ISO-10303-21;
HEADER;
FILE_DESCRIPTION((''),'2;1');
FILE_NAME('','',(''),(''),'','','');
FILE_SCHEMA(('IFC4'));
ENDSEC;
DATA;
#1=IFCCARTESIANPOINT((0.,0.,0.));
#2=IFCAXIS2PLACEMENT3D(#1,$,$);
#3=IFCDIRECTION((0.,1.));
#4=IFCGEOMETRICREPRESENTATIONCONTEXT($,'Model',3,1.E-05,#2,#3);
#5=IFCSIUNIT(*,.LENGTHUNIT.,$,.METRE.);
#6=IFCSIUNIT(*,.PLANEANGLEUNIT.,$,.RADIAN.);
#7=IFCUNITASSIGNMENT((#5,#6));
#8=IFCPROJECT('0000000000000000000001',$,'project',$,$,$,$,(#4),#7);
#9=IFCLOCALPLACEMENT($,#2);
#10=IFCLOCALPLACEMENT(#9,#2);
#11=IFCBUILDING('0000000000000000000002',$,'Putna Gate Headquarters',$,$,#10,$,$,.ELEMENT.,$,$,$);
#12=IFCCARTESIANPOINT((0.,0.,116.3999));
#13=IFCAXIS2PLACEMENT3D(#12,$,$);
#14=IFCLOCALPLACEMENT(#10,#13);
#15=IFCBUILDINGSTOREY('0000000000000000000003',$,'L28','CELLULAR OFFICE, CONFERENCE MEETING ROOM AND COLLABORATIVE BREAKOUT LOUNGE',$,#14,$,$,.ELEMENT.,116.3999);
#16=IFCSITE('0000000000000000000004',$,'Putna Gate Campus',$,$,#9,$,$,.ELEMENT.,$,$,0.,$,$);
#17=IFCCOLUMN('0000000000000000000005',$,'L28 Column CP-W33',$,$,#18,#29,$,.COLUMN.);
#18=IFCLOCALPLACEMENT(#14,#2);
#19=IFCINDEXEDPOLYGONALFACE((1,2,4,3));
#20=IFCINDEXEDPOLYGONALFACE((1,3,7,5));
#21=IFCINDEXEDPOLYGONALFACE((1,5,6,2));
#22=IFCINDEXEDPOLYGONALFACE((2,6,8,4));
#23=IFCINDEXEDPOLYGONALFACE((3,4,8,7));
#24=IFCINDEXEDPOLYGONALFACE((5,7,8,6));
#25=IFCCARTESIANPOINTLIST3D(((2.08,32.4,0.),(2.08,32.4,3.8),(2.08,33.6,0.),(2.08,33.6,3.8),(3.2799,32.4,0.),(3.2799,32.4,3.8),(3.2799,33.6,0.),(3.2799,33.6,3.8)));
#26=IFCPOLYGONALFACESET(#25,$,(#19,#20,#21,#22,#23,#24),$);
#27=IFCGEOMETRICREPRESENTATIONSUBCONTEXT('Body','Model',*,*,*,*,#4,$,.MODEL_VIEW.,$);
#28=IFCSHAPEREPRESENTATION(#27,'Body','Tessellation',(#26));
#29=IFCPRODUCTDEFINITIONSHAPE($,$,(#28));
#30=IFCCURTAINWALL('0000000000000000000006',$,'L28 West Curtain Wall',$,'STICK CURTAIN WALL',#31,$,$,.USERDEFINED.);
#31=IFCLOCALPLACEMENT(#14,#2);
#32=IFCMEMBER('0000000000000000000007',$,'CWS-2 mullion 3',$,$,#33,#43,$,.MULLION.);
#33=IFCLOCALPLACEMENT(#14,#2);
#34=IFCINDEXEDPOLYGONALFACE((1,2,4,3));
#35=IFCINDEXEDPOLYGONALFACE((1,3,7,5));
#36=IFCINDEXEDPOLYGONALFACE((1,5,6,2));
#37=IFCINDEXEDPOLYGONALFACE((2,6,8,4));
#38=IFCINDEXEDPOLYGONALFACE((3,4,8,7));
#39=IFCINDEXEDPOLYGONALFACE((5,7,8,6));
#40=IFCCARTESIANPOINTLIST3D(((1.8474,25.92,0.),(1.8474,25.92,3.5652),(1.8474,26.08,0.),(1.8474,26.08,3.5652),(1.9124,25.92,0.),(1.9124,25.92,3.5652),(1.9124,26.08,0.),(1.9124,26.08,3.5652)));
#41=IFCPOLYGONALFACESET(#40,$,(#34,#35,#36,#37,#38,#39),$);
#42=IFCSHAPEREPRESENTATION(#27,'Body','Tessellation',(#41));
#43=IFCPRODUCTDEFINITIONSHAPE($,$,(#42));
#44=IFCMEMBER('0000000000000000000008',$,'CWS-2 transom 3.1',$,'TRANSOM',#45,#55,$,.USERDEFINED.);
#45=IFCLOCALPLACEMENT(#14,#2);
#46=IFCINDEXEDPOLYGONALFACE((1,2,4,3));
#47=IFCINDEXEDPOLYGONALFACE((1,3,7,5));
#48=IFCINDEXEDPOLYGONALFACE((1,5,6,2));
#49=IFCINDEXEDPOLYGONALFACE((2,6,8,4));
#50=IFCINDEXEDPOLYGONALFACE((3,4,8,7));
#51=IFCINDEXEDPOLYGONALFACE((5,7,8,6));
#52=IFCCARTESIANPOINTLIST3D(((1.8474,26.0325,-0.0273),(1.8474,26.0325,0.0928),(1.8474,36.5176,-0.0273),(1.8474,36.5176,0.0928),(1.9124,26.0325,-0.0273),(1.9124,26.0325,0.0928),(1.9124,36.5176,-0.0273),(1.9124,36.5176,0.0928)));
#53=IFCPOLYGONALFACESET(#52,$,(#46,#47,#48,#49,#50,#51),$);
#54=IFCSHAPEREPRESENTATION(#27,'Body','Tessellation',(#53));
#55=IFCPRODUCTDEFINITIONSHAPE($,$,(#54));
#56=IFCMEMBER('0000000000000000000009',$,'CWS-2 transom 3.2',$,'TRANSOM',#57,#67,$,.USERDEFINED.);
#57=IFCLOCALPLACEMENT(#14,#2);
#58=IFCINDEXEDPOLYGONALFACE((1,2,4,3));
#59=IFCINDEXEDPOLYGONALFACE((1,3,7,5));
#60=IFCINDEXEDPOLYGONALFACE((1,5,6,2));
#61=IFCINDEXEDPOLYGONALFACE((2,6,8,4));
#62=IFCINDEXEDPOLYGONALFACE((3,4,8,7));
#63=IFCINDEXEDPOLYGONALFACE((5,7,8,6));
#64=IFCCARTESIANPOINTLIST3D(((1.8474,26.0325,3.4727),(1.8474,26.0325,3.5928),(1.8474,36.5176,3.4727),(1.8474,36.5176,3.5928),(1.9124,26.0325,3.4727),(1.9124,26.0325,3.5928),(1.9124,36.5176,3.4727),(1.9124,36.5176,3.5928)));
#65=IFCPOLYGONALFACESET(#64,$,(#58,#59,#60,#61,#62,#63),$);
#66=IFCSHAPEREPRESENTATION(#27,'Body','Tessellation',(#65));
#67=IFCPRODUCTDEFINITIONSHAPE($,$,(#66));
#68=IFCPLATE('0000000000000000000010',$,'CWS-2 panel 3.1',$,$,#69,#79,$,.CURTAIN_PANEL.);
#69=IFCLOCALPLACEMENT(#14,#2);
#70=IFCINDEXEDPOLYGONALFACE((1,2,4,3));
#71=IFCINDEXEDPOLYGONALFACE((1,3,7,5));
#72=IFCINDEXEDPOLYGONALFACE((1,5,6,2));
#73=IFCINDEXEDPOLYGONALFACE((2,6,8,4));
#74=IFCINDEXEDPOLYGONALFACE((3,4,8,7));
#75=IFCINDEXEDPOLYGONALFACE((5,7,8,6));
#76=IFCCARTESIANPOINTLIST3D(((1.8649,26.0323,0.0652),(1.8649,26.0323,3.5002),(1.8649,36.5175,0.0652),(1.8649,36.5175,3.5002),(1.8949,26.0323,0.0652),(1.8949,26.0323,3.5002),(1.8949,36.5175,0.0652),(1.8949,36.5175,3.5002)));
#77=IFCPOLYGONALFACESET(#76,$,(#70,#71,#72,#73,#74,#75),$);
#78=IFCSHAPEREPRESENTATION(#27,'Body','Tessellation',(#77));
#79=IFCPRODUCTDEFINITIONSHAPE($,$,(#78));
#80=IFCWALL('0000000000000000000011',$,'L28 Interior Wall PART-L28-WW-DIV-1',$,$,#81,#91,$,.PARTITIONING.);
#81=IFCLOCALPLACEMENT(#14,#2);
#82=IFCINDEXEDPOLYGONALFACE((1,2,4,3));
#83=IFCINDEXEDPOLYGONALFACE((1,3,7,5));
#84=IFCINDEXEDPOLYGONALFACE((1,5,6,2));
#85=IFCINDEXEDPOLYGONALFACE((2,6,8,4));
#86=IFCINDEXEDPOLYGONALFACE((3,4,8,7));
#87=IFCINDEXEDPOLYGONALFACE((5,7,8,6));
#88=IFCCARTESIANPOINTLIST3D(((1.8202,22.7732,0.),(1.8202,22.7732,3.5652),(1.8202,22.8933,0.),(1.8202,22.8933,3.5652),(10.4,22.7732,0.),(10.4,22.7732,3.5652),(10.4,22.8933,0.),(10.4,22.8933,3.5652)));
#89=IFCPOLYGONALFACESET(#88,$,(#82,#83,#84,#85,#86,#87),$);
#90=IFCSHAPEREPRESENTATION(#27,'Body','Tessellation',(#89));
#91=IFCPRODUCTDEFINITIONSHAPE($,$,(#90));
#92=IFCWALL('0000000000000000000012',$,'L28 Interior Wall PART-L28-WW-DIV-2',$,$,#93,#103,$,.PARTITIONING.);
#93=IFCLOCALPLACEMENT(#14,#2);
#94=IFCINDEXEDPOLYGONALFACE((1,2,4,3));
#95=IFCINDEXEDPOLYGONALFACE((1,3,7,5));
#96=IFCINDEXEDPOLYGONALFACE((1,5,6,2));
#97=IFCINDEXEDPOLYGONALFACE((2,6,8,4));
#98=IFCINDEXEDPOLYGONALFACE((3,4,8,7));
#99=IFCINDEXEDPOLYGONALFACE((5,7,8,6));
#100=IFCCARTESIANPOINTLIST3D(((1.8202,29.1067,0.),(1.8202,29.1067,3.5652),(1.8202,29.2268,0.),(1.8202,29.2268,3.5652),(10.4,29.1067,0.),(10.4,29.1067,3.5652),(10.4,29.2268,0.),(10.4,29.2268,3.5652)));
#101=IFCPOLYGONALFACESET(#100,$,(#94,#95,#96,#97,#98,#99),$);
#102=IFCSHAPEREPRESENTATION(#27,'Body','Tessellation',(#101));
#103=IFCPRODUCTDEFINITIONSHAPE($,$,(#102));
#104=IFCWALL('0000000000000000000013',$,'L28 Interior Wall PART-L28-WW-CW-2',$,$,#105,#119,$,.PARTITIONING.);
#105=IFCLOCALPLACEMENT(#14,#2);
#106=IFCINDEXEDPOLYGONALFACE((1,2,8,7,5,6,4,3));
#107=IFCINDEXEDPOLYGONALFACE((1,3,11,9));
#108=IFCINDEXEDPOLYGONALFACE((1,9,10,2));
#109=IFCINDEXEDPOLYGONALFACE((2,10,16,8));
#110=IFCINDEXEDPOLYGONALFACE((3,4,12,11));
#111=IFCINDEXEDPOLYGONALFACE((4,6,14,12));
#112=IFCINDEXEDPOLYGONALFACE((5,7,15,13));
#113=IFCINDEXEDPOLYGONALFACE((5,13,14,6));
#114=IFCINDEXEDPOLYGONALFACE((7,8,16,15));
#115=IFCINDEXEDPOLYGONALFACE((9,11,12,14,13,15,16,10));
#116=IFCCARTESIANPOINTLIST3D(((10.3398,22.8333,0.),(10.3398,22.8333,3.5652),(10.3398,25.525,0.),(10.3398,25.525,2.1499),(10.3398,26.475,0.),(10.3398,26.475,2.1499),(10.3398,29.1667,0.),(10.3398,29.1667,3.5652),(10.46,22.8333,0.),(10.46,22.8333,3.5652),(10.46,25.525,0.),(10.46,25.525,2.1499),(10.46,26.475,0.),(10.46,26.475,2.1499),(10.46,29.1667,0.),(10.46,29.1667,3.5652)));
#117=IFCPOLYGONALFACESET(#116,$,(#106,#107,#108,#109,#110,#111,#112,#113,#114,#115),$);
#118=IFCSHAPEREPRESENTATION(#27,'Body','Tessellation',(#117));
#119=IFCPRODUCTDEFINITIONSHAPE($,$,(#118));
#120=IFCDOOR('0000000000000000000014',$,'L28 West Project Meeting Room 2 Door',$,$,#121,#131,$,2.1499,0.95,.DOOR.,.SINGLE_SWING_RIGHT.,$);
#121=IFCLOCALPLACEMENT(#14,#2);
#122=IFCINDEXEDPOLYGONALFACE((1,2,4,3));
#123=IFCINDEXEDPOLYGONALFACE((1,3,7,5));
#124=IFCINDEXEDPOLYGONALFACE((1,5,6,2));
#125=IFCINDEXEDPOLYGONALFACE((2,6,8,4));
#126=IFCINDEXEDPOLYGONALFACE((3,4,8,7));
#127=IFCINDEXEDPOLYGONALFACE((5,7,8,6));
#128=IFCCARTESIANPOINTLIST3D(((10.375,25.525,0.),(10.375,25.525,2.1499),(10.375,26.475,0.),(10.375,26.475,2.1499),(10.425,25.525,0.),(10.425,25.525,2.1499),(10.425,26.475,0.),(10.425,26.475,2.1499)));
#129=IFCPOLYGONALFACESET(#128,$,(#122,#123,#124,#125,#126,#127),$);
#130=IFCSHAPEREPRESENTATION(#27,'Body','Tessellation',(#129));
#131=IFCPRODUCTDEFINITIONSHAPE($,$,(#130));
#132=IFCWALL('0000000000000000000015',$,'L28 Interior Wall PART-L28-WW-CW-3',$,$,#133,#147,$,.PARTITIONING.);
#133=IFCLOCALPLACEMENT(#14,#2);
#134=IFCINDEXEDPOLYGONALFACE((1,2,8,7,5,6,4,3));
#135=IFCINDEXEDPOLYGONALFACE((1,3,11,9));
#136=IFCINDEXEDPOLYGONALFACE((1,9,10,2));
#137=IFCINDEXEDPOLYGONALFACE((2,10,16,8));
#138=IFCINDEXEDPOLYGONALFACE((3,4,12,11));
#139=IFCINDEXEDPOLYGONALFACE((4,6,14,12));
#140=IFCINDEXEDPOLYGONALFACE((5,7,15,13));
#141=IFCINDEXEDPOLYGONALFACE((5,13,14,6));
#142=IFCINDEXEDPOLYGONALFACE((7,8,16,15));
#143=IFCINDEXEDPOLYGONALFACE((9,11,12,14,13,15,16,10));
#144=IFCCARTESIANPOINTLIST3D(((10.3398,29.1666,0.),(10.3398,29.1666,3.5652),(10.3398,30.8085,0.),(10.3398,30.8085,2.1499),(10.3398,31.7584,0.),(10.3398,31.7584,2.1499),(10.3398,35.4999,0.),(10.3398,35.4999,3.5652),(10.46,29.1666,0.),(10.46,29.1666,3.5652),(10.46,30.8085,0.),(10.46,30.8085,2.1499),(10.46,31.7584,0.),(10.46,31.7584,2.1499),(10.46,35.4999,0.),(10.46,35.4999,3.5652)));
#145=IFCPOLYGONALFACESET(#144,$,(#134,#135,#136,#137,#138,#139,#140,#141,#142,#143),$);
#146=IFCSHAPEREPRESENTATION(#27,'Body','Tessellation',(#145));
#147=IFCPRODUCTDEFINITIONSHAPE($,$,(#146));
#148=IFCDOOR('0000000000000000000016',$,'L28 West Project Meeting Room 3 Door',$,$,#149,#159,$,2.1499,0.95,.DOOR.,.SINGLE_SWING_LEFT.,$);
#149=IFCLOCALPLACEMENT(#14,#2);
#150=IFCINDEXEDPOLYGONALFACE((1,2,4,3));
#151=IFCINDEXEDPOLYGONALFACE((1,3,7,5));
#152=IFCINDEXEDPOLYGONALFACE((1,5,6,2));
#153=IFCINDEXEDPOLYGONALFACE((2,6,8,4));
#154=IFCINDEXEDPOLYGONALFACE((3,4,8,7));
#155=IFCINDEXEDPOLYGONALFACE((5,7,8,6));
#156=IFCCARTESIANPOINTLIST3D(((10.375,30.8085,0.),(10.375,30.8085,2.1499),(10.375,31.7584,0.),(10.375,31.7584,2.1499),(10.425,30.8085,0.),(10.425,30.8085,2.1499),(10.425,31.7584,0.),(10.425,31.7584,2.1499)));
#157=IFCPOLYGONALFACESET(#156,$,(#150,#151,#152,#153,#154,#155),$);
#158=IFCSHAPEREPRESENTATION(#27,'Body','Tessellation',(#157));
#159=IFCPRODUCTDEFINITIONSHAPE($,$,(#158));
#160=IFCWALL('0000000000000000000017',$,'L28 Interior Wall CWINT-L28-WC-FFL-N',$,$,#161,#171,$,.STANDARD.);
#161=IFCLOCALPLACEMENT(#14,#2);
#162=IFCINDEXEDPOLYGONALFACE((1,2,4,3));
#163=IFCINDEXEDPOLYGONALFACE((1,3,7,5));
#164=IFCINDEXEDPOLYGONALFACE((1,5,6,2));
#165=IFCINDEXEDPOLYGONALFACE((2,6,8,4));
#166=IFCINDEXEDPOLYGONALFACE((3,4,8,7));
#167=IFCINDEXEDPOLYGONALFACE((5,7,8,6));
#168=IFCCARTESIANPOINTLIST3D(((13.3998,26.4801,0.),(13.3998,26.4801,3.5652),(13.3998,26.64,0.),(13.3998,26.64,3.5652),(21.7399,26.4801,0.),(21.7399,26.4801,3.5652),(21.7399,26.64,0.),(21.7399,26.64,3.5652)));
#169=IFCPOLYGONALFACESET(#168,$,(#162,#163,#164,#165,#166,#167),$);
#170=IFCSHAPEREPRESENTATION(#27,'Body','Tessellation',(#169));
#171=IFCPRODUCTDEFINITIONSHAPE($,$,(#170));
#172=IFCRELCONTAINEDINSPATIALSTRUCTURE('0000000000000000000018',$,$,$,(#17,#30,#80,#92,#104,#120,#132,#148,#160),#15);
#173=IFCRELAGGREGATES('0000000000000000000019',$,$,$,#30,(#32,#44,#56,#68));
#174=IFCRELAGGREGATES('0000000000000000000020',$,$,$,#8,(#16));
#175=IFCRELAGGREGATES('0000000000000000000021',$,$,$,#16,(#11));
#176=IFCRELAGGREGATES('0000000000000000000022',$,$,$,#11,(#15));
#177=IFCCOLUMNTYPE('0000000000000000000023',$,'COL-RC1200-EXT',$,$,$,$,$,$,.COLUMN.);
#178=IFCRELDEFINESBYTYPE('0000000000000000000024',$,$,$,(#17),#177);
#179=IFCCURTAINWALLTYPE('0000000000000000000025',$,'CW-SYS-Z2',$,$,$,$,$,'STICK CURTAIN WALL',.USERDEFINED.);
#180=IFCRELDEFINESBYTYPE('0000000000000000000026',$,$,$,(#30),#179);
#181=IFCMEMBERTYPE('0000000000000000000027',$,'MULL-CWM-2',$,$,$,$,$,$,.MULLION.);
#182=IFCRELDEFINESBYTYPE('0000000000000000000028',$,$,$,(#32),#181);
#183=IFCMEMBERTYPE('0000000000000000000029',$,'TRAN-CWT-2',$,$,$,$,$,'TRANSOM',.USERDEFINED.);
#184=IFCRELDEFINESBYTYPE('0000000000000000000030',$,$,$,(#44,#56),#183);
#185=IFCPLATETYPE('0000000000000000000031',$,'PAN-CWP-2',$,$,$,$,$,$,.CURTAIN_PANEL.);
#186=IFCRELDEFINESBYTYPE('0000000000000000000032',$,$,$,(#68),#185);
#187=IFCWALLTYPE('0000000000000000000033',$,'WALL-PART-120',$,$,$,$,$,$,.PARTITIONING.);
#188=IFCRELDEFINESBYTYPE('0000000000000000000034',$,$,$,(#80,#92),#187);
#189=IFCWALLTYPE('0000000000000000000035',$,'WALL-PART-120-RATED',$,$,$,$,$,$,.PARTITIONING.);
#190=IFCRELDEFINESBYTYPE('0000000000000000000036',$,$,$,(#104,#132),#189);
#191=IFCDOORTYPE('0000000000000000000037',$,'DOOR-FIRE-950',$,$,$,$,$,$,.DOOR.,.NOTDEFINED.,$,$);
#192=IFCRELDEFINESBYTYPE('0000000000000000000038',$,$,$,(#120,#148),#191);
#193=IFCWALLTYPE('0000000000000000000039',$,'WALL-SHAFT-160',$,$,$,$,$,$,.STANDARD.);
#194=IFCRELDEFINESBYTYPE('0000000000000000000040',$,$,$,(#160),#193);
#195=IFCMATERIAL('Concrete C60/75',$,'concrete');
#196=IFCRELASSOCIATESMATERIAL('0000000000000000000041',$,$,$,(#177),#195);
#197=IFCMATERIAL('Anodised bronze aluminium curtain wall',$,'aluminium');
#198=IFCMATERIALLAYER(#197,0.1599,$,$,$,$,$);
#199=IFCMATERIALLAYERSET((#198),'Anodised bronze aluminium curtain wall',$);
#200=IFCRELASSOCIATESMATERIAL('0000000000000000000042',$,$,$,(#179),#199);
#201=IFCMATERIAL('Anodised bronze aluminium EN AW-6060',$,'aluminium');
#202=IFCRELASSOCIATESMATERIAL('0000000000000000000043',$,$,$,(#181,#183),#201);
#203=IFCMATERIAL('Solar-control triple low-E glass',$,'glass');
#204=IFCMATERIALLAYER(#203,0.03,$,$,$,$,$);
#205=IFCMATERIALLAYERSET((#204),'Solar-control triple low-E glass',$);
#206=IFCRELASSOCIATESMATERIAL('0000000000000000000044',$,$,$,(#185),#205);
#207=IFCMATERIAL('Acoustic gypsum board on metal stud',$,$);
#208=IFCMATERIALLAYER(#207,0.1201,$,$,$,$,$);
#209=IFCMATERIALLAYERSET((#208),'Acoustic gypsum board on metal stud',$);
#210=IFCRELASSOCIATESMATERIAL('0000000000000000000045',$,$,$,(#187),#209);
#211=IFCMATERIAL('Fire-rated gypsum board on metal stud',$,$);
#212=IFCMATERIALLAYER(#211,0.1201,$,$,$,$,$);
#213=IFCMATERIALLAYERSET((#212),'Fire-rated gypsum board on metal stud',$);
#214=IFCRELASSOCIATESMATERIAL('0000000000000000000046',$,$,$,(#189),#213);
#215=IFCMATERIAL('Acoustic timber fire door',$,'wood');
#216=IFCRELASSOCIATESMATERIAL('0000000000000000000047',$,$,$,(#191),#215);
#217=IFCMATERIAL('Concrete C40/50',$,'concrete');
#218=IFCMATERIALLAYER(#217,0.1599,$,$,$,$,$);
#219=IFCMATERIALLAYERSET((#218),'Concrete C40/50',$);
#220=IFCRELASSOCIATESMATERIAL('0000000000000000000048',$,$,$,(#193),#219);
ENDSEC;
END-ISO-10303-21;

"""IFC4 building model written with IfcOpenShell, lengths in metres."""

from ifc_helpers import new_model, si_unit, direction, frame, frame_2d, origin, origin_2d, place, context, subcontext, project, spatial, rectangle, extrude, material, layer, layer_set, material_profile, profile_set, type_object, element, fill, aggregate, save


model = new_model("IFC4")

# Units and contexts
model_context = context("Model", 3, precision=1e-05, world=origin(), true_north=direction((0.0, 1.0)))
body_context = subcontext(model_context, "Body", "Model", "MODEL_VIEW")
ifc_project = project(units=[si_unit("LENGTHUNIT", "METRE"), si_unit("PLANEANGLEUNIT", "RADIAN")], contexts=[model_context])

# Site, building, storey
site_placement = place(None, origin())
site = spatial("IfcSite", under=ifc_project, at=site_placement, Name="Putna Gate Campus", CompositionType="ELEMENT", RefElevation=0.0)
building_placement = place(site_placement, origin())
building = spatial("IfcBuilding", under=site, at=building_placement, Name="Putna Gate Headquarters", CompositionType="ELEMENT")
storey_placement = place(building_placement, frame((0.0, 0.0, 116.3999)))
storey = spatial("IfcBuildingStorey", under=building, at=storey_placement, Name="L28", Description="CELLULAR OFFICE, CONFERENCE MEETING ROOM AND COLLABORATIVE BREAKOUT LOUNGE", CompositionType="ELEMENT", Elevation=116.3999)

# Column
ifc_material_1 = material(Name="Concrete C60/75", Category="concrete")
ifc_material_profile_1 = material_profile(ifc_material_1, rectangle(XDim=1.2, YDim=1.2, at=origin_2d()), Name="Concrete C60/75")
ifc_profile_set_1 = profile_set([ifc_material_profile_1], Name="Concrete C60/75")
column_type = type_object("IfcColumnType", Name="COL-RC1200-EXT", PredefinedType="COLUMN", material=ifc_profile_set_1)
column_placement = place(storey_placement, frame((2.6799, 33.0, 0.0), z_axis=(0.0, 0.0, 1.0), x_axis=(1.0, 0.0, 0.0)))
element("IfcColumn", 1, at=column_placement, inside=storey, type_object=column_type, Name="L28 Column CP-W33", PredefinedType="COLUMN", context=body_context, shape_type="SweptSolid", body=[
    extrude(rectangle(XDim=1.2, YDim=1.2, at=origin_2d()), origin(), (0.0, 0.0, 1.0), 3.8),
])

# Curtain wall, members, plate
ifc_material_2 = material(Name="Anodised bronze aluminium curtain wall", Category="aluminium")
ifc_layer_1 = layer(ifc_material_2, 0.1599)
ifc_layer_set_1 = layer_set([ifc_layer_1], Name="Anodised bronze aluminium curtain wall")
curtain_wall_type = type_object("IfcCurtainWallType", Name="CW-SYS-Z2", ElementType="STICK CURTAIN WALL", PredefinedType="USERDEFINED", material=ifc_layer_set_1)
curtain_wall_placement = place(storey_placement, origin())
curtain_wall = element("IfcCurtainWall", 2, at=curtain_wall_placement, inside=storey, type_object=curtain_wall_type, Name="L28 West Curtain Wall", ObjectType="STICK CURTAIN WALL", PredefinedType="USERDEFINED")
ifc_material_3 = material(Name="Anodised bronze aluminium EN AW-6060", Category="aluminium")
ifc_material_profile_2 = material_profile(ifc_material_3, rectangle(XDim=0.0649, YDim=0.1599, at=origin_2d()), Name="Anodised bronze aluminium EN AW-6060")
ifc_profile_set_2 = profile_set([ifc_material_profile_2], Name="Anodised bronze aluminium EN AW-6060")
member_type_1 = type_object("IfcMemberType", Name="MULL-CWM-2", PredefinedType="MULLION", material=ifc_profile_set_2)
member_1_placement = place(storey_placement, frame((1.8799, 26.0, 0.0), z_axis=(0.0, 0.0, 1.0), x_axis=(-1.0, 0.0, 0.0)))
member_1 = element("IfcMember", 3, at=member_1_placement, type_object=member_type_1, Name="CWS-2 mullion 3", PredefinedType="MULLION", context=body_context, shape_type="SweptSolid", body=[
    extrude(rectangle(XDim=0.0649, YDim=0.1599, at=origin_2d()), origin(), (0.0, 0.0, 1.0), 3.5652),
])
ifc_material_profile_3 = material_profile(ifc_material_3, rectangle(XDim=0.0649, YDim=0.1201, at=origin_2d()), Name="Anodised bronze aluminium EN AW-6060")
ifc_profile_set_3 = profile_set([ifc_material_profile_3], Name="Anodised bronze aluminium EN AW-6060")
member_type_2 = type_object("IfcMemberType", Name="TRAN-CWT-2", ElementType="TRANSOM", PredefinedType="USERDEFINED", material=ifc_profile_set_3)
member_2_placement = place(storey_placement, frame((1.8799, 26.0325, 0.0327), z_axis=(0.0, 1.0, 0.0), x_axis=(-1.0, 0.0, 0.0)))
member_2 = element("IfcMember", 4, at=member_2_placement, type_object=member_type_2, Name="CWS-2 transom 3.1", ObjectType="TRANSOM", PredefinedType="USERDEFINED", context=body_context, shape_type="SweptSolid", body=[
    extrude(rectangle(XDim=0.0649, YDim=0.1201, at=origin_2d()), origin(), (0.0, 0.0, 1.0), 10.4851),
])
member_3_placement = place(storey_placement, frame((1.8799, 26.0325, 3.5327), z_axis=(0.0, 1.0, 0.0), x_axis=(-1.0, 0.0, 0.0)))
member_3 = element("IfcMember", 5, at=member_3_placement, type_object=member_type_2, Name="CWS-2 transom 3.2", ObjectType="TRANSOM", PredefinedType="USERDEFINED", context=body_context, shape_type="SweptSolid", body=[
    extrude(rectangle(XDim=0.0649, YDim=0.1201, at=origin_2d()), origin(), (0.0, 0.0, 1.0), 10.4851),
])
ifc_material_4 = material(Name="Solar-control triple low-E glass", Category="glass")
ifc_layer_2 = layer(ifc_material_4, 0.03)
ifc_layer_set_2 = layer_set([ifc_layer_2], Name="Solar-control triple low-E glass")
plate_type = type_object("IfcPlateType", Name="PAN-CWP-2", PredefinedType="CURTAIN_PANEL", material=ifc_layer_set_2)
plate_placement = place(storey_placement, frame((1.8799, 31.2749, 0.0652), z_axis=(0.0, 0.0, 1.0), x_axis=(0.0, 1.0, 0.0)))
plate = element("IfcPlate", 6, at=plate_placement, type_object=plate_type, Name="CWS-2 panel 3.1", PredefinedType="CURTAIN_PANEL", context=body_context, shape_type="SweptSolid", body=[
    extrude(rectangle(XDim=10.4851, YDim=0.03, at=origin_2d()), origin(), (0.0, 0.0, 1.0), 3.4351),
])
aggregate(curtain_wall, [member_1, member_2, member_3, plate])

# Walls
ifc_material_5 = material(Name="Acoustic gypsum board on metal stud")
ifc_layer_3 = layer(ifc_material_5, 0.1201)
ifc_layer_set_3 = layer_set([ifc_layer_3], Name="Acoustic gypsum board on metal stud")
wall_type_1 = type_object("IfcWallType", Name="WALL-PART-120", PredefinedType="PARTITIONING", material=ifc_layer_set_3)
for number, where, z_axis, x_axis, name in (
    (7, (1.8201, 22.8333, 0.0), (0.0, 0.0, 1.0), (1.0, 0.0, 0.0), "L28 Interior Wall PART-L28-WW-DIV-1"),
    (8, (1.8201, 29.1667, 0.0), (0.0, 0.0, 1.0), (1.0, 0.0, 0.0), "L28 Interior Wall PART-L28-WW-DIV-2"),
):
    element("IfcWall", number, at=place(storey_placement, frame(where, z_axis=z_axis, x_axis=x_axis)), inside=storey, type_object=wall_type_1, Name=name, PredefinedType="PARTITIONING", context=body_context, shape_type="SweptSolid", body=[
        extrude(rectangle(XDim=8.5798, YDim=0.1201, at=frame_2d((4.29, 0.0))), origin(), (0.0, 0.0, 1.0), 3.5652),
    ])

# Walls, openings, doors
ifc_material_6 = material(Name="Fire-rated gypsum board on metal stud")
ifc_layer_4 = layer(ifc_material_6, 0.1201)
ifc_layer_set_4 = layer_set([ifc_layer_4], Name="Fire-rated gypsum board on metal stud")
wall_type_2 = type_object("IfcWallType", Name="WALL-PART-120-RATED", PredefinedType="PARTITIONING", material=ifc_layer_set_4)
wall_1_placement = place(storey_placement, frame((10.3999, 22.8333, 0.0), z_axis=(0.0, 0.0, 1.0), x_axis=(0.0, 1.0, 0.0)))
wall_1 = element("IfcWall", 9, at=wall_1_placement, inside=storey, type_object=wall_type_2, Name="L28 Interior Wall PART-L28-WW-CW-2", PredefinedType="PARTITIONING", context=body_context, shape_type="SweptSolid", body=[
    extrude(rectangle(XDim=6.3335, YDim=0.1201, at=frame_2d((3.1667, 0.0))), origin(), (0.0, 0.0, 1.0), 3.5652),
])
opening_1_placement = place(wall_1_placement, frame((2.6917, 0.0, 0.0)))
opening_1 = element("IfcOpeningElement", 10, at=opening_1_placement, cuts=wall_1, PredefinedType="OPENING", context=body_context, shape_type="SweptSolid", body=[
    extrude(rectangle(XDim=0.95, YDim=2.1499, at=frame_2d((0.4751, 1.075))), frame((0.0, 0.0701, 0.0), z_axis=(0.0, -1.0, 0.0), x_axis=(1.0, 0.0, 0.0)), (0.0, 0.0, 1.0), 0.1401),
])
ifc_material_7 = material(Name="Acoustic timber fire door", Category="wood")
door_type_1 = type_object("IfcDoorType", Name="DOOR-FIRE-950", OperationType="NOTDEFINED", PredefinedType="DOOR", material=ifc_material_7)
door_1_placement = place(opening_1_placement, origin())
door_1 = element("IfcDoor", 11, at=door_1_placement, inside=storey, type_object=door_type_1, Name="L28 West Project Meeting Room 2 Door", OperationType="SINGLE_SWING_RIGHT", OverallHeight=2.1499, OverallWidth=0.95, PredefinedType="DOOR", context=body_context, shape_type="SweptSolid", body=[
    extrude(rectangle(XDim=0.95, YDim=2.1499, at=frame_2d((0.4751, 1.075))), frame((0.0, 0.0249, 0.0), z_axis=(0.0, -1.0, 0.0), x_axis=(1.0, 0.0, 0.0)), (0.0, 0.0, 1.0), 0.05),
])
fill(opening_1, door_1)
wall_2_placement = place(storey_placement, frame((10.3999, 29.1667, 0.0), z_axis=(0.0, 0.0, 1.0), x_axis=(0.0, 1.0, 0.0)))
wall_2 = element("IfcWall", 12, at=wall_2_placement, inside=storey, type_object=wall_type_2, Name="L28 Interior Wall PART-L28-WW-CW-3", PredefinedType="PARTITIONING", context=body_context, shape_type="SweptSolid", body=[
    extrude(rectangle(XDim=6.3333, YDim=0.1201, at=frame_2d((3.1665, 0.0))), origin(), (0.0, 0.0, 1.0), 3.5652),
])
opening_2_placement = place(wall_2_placement, frame((1.6416, 0.0, 0.0)))
opening_2 = element("IfcOpeningElement", 13, at=opening_2_placement, cuts=wall_2, PredefinedType="OPENING", context=body_context, shape_type="SweptSolid", body=[
    extrude(rectangle(XDim=0.95, YDim=2.1499, at=frame_2d((0.4751, 1.075))), frame((0.0, 0.0701, 0.0), z_axis=(0.0, -1.0, 0.0), x_axis=(1.0, 0.0, 0.0)), (0.0, 0.0, 1.0), 0.1401),
])
door_2_placement = place(opening_2_placement, origin())
door_2 = element("IfcDoor", 14, at=door_2_placement, inside=storey, type_object=door_type_1, Name="L28 West Project Meeting Room 3 Door", OperationType="SINGLE_SWING_LEFT", OverallHeight=2.1499, OverallWidth=0.95, PredefinedType="DOOR", context=body_context, shape_type="SweptSolid", body=[
    extrude(rectangle(XDim=0.95, YDim=2.1499, at=frame_2d((0.4751, 1.075))), frame((0.0, 0.0249, 0.0), z_axis=(0.0, -1.0, 0.0), x_axis=(1.0, 0.0, 0.0)), (0.0, 0.0, 1.0), 0.05),
])
fill(opening_2, door_2)

# Wall
ifc_material_8 = material(Name="Concrete C40/50", Category="concrete")
ifc_layer_5 = layer(ifc_material_8, 0.1599)
ifc_layer_set_5 = layer_set([ifc_layer_5], Name="Concrete C40/50")
wall_type_3 = type_object("IfcWallType", Name="WALL-SHAFT-160", PredefinedType="STANDARD", material=ifc_layer_set_5)
wall_3_placement = place(storey_placement, frame((13.3999, 26.5601, 0.0), z_axis=(0.0, 0.0, 1.0), x_axis=(1.0, 0.0, 0.0)))
element("IfcWall", 15, at=wall_3_placement, inside=storey, type_object=wall_type_3, Name="L28 Interior Wall CWINT-L28-WC-FFL-N", PredefinedType="STANDARD", context=body_context, shape_type="SweptSolid", body=[
    extrude(rectangle(XDim=8.3401, YDim=0.1599, at=frame_2d((4.1699, 0.0))), origin(), (0.0, 0.0, 1.0), 3.5652),
])

save(model, "model.ifc")
